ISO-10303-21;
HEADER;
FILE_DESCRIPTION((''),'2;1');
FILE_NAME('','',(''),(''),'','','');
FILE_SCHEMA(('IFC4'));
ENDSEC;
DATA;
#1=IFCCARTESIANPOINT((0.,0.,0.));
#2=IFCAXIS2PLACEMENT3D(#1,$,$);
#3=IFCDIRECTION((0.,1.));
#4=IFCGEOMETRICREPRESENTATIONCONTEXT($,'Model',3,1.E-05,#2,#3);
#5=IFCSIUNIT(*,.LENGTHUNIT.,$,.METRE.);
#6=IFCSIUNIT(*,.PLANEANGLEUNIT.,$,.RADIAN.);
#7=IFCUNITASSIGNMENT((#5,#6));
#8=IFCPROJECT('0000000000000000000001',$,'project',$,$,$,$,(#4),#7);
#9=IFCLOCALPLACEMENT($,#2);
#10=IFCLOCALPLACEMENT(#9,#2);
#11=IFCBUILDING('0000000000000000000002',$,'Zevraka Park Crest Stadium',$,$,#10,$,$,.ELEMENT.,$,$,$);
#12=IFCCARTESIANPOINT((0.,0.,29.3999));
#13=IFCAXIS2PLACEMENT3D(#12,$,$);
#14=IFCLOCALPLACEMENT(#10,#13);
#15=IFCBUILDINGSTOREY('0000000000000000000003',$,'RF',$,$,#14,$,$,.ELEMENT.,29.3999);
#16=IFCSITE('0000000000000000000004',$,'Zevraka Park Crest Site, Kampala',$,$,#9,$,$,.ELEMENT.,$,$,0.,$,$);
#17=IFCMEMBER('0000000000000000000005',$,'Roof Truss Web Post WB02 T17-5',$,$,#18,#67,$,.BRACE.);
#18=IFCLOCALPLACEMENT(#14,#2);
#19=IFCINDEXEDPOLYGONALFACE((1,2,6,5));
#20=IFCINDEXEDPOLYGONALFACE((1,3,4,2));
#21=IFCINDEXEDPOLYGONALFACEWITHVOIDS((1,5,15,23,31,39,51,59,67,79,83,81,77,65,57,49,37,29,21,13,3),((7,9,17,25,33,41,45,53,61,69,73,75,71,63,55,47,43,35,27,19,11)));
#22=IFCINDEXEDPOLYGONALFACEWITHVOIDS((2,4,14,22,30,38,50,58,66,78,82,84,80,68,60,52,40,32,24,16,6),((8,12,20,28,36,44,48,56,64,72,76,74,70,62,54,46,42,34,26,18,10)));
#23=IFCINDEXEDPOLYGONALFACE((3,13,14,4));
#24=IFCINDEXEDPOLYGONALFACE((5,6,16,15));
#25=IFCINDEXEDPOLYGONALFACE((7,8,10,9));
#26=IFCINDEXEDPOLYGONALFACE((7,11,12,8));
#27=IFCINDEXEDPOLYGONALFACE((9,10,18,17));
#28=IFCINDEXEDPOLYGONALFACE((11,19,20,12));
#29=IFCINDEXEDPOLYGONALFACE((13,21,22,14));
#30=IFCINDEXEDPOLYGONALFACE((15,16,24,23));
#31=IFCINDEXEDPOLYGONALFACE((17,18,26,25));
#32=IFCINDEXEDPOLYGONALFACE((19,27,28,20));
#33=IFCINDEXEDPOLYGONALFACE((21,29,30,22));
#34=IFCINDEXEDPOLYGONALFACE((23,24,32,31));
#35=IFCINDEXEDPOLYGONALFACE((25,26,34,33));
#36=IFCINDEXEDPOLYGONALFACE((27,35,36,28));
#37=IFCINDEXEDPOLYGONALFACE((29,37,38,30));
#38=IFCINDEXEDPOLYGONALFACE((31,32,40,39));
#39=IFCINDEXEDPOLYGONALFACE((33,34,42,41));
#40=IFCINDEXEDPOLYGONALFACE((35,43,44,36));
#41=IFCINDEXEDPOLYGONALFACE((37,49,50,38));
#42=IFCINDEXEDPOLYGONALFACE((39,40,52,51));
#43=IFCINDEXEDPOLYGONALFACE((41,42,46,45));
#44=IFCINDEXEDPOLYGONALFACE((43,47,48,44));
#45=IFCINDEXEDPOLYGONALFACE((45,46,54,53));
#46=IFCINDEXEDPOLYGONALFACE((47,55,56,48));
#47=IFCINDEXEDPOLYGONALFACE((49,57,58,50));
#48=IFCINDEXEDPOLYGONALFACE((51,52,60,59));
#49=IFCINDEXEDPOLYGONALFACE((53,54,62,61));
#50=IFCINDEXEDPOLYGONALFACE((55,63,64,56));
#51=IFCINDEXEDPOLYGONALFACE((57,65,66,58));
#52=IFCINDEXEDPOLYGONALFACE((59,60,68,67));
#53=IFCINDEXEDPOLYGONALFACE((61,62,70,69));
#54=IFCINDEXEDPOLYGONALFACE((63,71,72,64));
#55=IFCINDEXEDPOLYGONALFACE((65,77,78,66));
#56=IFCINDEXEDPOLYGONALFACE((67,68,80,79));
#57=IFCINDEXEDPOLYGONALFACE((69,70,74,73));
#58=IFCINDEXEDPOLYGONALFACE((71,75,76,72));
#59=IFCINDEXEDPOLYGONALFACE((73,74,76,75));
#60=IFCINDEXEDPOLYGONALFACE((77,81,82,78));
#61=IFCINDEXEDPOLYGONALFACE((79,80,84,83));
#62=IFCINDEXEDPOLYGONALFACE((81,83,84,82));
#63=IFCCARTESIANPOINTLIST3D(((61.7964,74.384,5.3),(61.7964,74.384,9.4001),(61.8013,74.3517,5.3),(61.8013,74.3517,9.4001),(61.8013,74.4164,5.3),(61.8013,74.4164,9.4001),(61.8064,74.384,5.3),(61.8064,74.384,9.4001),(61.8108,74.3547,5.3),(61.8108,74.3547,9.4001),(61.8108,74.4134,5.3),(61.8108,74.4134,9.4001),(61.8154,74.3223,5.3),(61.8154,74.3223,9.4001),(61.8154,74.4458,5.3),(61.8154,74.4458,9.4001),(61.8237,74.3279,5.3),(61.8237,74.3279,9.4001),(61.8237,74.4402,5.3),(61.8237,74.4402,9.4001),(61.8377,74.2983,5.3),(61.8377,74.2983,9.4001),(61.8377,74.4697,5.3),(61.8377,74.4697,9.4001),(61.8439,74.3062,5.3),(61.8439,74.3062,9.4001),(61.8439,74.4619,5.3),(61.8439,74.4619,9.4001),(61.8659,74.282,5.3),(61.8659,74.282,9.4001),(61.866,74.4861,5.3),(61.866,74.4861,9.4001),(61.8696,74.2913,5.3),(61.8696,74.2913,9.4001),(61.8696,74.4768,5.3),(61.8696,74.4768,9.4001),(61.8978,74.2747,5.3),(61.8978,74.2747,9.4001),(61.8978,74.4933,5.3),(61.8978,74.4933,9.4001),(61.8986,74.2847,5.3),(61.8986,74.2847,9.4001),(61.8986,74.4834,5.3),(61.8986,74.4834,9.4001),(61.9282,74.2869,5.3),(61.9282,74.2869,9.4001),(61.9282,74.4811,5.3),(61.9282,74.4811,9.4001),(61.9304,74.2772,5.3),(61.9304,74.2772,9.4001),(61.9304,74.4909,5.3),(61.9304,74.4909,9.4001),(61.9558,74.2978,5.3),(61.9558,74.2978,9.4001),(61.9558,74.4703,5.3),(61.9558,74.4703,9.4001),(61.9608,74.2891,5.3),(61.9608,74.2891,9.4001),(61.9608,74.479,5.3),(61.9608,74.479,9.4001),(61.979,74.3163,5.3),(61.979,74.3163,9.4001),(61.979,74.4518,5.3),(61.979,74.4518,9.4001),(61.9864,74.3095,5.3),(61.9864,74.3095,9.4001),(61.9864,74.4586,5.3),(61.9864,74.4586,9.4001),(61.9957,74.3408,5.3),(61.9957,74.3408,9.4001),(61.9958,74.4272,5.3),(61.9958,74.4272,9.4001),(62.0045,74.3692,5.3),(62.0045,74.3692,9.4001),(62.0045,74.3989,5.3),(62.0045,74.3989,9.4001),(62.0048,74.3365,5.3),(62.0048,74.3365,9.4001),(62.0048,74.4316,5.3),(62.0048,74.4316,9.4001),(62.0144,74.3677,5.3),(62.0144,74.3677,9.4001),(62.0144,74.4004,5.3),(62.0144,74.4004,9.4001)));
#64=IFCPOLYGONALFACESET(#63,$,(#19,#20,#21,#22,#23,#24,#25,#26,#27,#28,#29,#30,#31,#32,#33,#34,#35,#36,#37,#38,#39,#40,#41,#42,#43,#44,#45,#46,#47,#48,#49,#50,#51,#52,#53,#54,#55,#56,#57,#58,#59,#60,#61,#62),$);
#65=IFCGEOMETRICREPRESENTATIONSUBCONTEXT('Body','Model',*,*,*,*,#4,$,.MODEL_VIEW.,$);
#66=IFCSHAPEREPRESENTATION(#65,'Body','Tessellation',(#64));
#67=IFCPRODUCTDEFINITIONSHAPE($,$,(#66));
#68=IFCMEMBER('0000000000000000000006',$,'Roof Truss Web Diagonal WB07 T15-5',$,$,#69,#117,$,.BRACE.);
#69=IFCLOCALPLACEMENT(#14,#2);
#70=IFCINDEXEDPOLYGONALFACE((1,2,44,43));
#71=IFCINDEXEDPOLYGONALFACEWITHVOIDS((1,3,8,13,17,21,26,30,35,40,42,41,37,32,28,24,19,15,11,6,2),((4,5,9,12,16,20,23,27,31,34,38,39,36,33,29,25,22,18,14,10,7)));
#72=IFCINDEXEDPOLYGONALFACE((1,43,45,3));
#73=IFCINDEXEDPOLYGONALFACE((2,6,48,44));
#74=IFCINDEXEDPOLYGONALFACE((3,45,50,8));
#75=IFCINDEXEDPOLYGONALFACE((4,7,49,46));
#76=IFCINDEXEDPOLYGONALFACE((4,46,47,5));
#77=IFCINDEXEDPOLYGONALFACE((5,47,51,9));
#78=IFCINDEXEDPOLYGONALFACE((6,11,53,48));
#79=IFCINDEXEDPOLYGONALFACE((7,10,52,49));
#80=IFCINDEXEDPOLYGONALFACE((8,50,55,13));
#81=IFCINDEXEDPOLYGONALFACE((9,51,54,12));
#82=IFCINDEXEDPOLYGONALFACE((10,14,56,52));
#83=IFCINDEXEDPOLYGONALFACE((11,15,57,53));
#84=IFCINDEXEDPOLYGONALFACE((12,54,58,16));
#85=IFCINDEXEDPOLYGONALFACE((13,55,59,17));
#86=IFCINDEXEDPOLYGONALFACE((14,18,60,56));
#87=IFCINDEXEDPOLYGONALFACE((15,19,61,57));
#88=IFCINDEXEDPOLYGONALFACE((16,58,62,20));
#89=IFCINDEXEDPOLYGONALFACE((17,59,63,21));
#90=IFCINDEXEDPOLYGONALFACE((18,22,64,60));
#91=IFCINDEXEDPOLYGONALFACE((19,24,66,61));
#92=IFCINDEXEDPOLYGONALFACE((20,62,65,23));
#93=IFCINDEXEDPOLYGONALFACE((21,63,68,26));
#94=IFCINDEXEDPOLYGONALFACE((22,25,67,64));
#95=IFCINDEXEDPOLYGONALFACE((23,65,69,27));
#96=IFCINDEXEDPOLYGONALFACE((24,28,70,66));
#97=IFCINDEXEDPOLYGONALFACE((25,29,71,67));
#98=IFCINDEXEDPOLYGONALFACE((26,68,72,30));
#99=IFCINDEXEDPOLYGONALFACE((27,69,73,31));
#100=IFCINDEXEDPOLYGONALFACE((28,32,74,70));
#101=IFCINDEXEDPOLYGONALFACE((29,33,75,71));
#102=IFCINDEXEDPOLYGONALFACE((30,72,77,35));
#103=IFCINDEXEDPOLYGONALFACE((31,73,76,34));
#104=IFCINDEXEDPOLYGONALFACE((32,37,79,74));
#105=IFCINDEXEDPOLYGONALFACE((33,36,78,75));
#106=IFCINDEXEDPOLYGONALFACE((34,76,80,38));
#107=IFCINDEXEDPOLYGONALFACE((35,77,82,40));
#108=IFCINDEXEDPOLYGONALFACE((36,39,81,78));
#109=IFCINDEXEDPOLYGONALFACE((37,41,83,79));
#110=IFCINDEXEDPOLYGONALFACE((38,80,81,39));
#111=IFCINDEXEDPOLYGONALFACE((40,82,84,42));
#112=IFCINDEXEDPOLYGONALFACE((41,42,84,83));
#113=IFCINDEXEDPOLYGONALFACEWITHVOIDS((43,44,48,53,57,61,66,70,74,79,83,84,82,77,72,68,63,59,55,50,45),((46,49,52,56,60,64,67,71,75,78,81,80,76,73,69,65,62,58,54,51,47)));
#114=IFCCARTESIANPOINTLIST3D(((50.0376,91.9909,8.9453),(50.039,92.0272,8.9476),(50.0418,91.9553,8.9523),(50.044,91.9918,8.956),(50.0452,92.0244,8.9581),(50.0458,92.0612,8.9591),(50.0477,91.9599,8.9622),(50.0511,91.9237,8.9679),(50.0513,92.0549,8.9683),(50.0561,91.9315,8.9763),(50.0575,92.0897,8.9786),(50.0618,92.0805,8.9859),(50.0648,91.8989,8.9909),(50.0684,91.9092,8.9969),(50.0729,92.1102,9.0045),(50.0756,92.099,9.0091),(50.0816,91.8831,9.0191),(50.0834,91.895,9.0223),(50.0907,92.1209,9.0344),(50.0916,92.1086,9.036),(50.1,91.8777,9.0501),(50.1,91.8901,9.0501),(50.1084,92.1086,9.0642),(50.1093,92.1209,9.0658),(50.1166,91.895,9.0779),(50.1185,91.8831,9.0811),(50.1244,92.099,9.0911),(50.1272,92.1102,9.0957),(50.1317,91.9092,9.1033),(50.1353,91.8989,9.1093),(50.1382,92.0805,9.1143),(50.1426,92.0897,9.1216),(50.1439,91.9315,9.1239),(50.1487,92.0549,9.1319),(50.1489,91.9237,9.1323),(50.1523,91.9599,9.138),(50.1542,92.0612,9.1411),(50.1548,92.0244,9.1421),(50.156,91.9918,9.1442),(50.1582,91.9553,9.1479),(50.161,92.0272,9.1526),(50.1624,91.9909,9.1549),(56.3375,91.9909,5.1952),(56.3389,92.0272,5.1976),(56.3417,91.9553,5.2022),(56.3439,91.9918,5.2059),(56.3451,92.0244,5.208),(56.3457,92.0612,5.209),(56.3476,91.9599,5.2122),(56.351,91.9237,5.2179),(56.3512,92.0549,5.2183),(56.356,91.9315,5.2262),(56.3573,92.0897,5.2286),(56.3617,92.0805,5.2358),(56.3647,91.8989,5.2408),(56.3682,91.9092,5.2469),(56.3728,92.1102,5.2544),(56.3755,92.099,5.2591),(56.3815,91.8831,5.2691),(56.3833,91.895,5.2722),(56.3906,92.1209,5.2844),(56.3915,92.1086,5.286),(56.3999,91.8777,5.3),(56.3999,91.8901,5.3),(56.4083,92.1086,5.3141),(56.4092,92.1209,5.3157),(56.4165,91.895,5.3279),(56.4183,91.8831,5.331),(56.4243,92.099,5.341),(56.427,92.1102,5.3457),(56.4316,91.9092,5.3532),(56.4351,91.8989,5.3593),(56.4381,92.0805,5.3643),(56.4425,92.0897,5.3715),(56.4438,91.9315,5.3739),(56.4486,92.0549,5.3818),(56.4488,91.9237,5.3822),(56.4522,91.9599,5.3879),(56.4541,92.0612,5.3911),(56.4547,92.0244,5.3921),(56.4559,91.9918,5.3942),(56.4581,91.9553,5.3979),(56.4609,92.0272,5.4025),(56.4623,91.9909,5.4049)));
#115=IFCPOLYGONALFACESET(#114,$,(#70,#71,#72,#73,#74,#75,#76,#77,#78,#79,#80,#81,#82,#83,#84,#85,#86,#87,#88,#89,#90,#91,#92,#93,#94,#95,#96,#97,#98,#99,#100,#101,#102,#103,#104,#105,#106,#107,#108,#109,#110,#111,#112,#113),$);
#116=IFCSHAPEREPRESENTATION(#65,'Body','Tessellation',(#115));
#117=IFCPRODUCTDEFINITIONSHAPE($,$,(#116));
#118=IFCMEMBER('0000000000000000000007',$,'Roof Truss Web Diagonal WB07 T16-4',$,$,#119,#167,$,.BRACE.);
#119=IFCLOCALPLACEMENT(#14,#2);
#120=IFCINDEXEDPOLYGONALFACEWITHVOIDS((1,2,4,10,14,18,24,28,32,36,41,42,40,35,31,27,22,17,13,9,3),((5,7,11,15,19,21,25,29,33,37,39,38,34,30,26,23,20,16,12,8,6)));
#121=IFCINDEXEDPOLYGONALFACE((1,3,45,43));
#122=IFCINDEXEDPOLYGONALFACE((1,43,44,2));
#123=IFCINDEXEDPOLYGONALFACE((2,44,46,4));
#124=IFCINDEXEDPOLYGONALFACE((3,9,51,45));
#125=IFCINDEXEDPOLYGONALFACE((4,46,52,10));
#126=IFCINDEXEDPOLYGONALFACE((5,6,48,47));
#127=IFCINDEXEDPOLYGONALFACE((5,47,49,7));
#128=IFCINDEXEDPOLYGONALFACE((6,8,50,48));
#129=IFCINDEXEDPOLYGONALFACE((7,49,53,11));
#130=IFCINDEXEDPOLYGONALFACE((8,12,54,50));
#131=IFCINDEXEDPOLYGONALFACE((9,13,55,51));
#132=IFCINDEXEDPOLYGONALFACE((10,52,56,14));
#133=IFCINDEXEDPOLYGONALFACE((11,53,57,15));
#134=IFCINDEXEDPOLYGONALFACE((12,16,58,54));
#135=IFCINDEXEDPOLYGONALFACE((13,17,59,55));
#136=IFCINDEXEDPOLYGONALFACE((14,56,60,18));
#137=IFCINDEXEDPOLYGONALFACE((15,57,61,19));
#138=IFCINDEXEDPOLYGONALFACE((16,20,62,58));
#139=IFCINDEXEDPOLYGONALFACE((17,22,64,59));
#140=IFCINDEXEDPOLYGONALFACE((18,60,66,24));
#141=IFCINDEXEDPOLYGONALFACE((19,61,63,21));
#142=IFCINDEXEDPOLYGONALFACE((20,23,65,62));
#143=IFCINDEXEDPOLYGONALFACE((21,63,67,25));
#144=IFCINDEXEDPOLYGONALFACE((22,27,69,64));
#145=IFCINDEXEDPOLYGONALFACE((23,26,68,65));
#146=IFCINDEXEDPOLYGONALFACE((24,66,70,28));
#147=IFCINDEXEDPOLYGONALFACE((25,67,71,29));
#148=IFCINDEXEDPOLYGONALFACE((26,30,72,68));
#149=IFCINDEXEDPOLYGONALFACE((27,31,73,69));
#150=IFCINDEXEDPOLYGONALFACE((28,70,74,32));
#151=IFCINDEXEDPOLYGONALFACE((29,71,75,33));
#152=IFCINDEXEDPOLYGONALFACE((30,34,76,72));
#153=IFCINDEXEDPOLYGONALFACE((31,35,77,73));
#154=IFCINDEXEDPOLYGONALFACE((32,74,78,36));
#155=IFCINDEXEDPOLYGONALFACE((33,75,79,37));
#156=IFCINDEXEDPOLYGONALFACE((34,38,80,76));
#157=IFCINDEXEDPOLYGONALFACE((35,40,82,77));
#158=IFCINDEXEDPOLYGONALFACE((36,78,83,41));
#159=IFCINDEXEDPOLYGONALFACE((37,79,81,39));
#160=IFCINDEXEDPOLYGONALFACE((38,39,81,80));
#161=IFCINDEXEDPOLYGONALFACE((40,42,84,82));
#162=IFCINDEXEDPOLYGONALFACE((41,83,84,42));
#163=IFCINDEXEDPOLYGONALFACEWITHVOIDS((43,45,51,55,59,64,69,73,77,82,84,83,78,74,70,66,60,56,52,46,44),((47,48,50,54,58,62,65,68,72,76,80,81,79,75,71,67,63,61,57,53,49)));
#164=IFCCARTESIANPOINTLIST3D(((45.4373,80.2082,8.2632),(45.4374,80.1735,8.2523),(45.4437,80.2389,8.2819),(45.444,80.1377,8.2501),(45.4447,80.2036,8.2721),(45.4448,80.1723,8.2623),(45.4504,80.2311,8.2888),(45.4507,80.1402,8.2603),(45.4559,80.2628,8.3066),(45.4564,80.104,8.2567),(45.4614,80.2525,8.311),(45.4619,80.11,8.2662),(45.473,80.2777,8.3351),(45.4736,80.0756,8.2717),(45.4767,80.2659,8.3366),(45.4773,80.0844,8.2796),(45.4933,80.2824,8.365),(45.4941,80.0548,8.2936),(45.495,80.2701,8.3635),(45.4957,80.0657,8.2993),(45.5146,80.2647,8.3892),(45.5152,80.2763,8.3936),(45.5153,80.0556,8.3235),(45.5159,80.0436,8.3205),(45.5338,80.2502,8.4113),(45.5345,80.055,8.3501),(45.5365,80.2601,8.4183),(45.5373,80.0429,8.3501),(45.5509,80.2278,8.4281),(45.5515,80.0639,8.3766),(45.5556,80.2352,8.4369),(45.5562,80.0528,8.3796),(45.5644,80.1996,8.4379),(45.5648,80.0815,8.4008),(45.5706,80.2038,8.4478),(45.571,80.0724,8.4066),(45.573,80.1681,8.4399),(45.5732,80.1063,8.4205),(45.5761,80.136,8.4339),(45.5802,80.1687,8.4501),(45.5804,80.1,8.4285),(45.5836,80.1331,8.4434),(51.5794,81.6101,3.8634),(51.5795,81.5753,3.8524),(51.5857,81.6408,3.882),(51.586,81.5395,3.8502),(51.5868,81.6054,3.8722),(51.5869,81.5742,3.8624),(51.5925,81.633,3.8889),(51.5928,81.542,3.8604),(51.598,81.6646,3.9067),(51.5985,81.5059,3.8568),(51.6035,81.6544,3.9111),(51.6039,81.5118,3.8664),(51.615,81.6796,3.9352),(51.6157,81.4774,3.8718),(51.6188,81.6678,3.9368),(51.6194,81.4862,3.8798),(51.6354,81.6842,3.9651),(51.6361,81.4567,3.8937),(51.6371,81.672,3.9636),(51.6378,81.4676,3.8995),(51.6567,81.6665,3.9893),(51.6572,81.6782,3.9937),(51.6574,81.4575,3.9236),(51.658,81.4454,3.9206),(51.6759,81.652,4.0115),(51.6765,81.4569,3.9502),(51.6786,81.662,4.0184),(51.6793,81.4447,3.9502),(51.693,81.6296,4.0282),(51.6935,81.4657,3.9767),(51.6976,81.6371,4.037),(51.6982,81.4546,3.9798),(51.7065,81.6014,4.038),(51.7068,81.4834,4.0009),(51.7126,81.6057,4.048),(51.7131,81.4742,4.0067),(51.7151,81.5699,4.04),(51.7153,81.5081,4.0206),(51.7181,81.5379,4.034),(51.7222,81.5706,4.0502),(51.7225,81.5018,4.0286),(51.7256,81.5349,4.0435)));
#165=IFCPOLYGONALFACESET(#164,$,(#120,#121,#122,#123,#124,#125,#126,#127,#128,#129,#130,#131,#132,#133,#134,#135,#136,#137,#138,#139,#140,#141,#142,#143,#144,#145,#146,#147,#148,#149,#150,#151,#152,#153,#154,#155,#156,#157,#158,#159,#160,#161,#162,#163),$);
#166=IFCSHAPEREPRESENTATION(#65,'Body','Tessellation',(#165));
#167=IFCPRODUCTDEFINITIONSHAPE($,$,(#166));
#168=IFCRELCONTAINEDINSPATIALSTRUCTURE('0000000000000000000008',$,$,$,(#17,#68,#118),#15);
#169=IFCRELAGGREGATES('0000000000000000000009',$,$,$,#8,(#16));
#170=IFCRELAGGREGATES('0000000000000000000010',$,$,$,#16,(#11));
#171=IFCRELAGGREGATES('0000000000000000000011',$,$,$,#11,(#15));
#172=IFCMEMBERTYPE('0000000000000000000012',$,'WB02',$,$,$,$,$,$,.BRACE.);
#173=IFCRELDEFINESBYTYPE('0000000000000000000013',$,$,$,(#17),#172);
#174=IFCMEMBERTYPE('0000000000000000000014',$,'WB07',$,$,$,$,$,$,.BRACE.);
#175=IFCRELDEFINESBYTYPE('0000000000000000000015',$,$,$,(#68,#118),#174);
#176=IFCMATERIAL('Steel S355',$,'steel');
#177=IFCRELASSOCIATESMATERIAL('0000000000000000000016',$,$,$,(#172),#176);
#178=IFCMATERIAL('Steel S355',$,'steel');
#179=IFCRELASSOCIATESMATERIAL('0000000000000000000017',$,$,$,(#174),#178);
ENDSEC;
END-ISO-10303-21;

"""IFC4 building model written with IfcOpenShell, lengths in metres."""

from ifc_helpers import new_model, si_unit, direction, frame, origin, origin_2d, place, context, subcontext, project, spatial, hollow_circle, extrude, material, material_profile, profile_set, type_object, element, save


model = new_model("IFC4")

# Units and contexts
model_context = context("Model", 3, precision=1e-05, world=origin(), true_north=direction((0.0, 1.0)))
body_context = subcontext(model_context, "Body", "Model", "MODEL_VIEW")
ifc_project = project(units=[si_unit("LENGTHUNIT", "METRE"), si_unit("PLANEANGLEUNIT", "RADIAN")], contexts=[model_context])

# Site, building, storey
site_placement = place(None, origin())
site = spatial("IfcSite", under=ifc_project, at=site_placement, Name="Zevraka Park Crest Site, Kampala", CompositionType="ELEMENT", RefElevation=0.0)
building_placement = place(site_placement, origin())
building = spatial("IfcBuilding", under=site, at=building_placement, Name="Zevraka Park Crest Stadium", CompositionType="ELEMENT")
storey_placement = place(building_placement, frame((0.0, 0.0, 29.3999)))
storey = spatial("IfcBuildingStorey", under=building, at=storey_placement, Name="RF", CompositionType="ELEMENT", Elevation=29.3999)

# Members
ifc_material_1 = material(Name="Steel S355", Category="steel")
ifc_material_profile_1 = material_profile(ifc_material_1, hollow_circle(Radius=0.1096, WallThickness=0.01, at=origin_2d()), Name="CHS 219.1x10")
ifc_profile_set_1 = profile_set([ifc_material_profile_1], Name="Steel S355")
member_type_1 = type_object("IfcMemberType", Name="WB02", PredefinedType="BRACE", material=ifc_profile_set_1)
member_1_placement = place(storey_placement, frame((61.906, 74.384, 5.3), z_axis=(0.0, 0.0, 1.0), x_axis=(0.901001, 0.433816, 0.0)))
element("IfcMember", 1, at=member_1_placement, inside=storey, type_object=member_type_1, Name="Roof Truss Web Post WB02 T17-5", PredefinedType="BRACE", context=body_context, shape_type="SweptSolid", body=[
    extrude(hollow_circle(Radius=0.1096, WallThickness=0.01, at=origin_2d()), origin(), (0.0, 0.0, 1.0), 4.1001),
])
ifc_material_2 = material(Name="Steel S355", Category="steel")
ifc_material_profile_2 = material_profile(ifc_material_2, hollow_circle(Radius=0.1223, WallThickness=0.0125, at=origin_2d()), Name="CHS 244.5x12.5")
ifc_profile_set_2 = profile_set([ifc_material_profile_2], Name="Steel S355")
member_type_2 = type_object("IfcMemberType", Name="WB07", PredefinedType="BRACE", material=ifc_profile_set_2)
member_2_placement = place(storey_placement, frame((56.3999, 92.0, 5.3), z_axis=(-0.859286, 0.0, 0.511496), x_axis=(0.0, -1.0, 0.0)))
element("IfcMember", 2, at=member_2_placement, inside=storey, type_object=member_type_2, Name="Roof Truss Web Diagonal WB07 T15-5", PredefinedType="BRACE", context=body_context, shape_type="SweptSolid", body=[
    extrude(hollow_circle(Radius=0.1223, WallThickness=0.0125, at=origin_2d()), origin(), (0.0, 0.0, 1.0), 7.3315),
])
member_3_placement = place(storey_placement, frame((51.6521, 81.564, 3.9502), z_axis=(-0.799296, -0.182429, 0.572578), x_axis=(0.222515, -0.974929, 0.0)))
element("IfcMember", 3, at=member_3_placement, inside=storey, type_object=member_type_2, Name="Roof Truss Web Diagonal WB07 T16-4", PredefinedType="BRACE", context=body_context, shape_type="SweptSolid", body=[
    extrude(hollow_circle(Radius=0.1223, WallThickness=0.0125, at=origin_2d()), origin(), (0.0, 0.0, 1.0), 7.6843),
])

save(model, "model.ifc")
